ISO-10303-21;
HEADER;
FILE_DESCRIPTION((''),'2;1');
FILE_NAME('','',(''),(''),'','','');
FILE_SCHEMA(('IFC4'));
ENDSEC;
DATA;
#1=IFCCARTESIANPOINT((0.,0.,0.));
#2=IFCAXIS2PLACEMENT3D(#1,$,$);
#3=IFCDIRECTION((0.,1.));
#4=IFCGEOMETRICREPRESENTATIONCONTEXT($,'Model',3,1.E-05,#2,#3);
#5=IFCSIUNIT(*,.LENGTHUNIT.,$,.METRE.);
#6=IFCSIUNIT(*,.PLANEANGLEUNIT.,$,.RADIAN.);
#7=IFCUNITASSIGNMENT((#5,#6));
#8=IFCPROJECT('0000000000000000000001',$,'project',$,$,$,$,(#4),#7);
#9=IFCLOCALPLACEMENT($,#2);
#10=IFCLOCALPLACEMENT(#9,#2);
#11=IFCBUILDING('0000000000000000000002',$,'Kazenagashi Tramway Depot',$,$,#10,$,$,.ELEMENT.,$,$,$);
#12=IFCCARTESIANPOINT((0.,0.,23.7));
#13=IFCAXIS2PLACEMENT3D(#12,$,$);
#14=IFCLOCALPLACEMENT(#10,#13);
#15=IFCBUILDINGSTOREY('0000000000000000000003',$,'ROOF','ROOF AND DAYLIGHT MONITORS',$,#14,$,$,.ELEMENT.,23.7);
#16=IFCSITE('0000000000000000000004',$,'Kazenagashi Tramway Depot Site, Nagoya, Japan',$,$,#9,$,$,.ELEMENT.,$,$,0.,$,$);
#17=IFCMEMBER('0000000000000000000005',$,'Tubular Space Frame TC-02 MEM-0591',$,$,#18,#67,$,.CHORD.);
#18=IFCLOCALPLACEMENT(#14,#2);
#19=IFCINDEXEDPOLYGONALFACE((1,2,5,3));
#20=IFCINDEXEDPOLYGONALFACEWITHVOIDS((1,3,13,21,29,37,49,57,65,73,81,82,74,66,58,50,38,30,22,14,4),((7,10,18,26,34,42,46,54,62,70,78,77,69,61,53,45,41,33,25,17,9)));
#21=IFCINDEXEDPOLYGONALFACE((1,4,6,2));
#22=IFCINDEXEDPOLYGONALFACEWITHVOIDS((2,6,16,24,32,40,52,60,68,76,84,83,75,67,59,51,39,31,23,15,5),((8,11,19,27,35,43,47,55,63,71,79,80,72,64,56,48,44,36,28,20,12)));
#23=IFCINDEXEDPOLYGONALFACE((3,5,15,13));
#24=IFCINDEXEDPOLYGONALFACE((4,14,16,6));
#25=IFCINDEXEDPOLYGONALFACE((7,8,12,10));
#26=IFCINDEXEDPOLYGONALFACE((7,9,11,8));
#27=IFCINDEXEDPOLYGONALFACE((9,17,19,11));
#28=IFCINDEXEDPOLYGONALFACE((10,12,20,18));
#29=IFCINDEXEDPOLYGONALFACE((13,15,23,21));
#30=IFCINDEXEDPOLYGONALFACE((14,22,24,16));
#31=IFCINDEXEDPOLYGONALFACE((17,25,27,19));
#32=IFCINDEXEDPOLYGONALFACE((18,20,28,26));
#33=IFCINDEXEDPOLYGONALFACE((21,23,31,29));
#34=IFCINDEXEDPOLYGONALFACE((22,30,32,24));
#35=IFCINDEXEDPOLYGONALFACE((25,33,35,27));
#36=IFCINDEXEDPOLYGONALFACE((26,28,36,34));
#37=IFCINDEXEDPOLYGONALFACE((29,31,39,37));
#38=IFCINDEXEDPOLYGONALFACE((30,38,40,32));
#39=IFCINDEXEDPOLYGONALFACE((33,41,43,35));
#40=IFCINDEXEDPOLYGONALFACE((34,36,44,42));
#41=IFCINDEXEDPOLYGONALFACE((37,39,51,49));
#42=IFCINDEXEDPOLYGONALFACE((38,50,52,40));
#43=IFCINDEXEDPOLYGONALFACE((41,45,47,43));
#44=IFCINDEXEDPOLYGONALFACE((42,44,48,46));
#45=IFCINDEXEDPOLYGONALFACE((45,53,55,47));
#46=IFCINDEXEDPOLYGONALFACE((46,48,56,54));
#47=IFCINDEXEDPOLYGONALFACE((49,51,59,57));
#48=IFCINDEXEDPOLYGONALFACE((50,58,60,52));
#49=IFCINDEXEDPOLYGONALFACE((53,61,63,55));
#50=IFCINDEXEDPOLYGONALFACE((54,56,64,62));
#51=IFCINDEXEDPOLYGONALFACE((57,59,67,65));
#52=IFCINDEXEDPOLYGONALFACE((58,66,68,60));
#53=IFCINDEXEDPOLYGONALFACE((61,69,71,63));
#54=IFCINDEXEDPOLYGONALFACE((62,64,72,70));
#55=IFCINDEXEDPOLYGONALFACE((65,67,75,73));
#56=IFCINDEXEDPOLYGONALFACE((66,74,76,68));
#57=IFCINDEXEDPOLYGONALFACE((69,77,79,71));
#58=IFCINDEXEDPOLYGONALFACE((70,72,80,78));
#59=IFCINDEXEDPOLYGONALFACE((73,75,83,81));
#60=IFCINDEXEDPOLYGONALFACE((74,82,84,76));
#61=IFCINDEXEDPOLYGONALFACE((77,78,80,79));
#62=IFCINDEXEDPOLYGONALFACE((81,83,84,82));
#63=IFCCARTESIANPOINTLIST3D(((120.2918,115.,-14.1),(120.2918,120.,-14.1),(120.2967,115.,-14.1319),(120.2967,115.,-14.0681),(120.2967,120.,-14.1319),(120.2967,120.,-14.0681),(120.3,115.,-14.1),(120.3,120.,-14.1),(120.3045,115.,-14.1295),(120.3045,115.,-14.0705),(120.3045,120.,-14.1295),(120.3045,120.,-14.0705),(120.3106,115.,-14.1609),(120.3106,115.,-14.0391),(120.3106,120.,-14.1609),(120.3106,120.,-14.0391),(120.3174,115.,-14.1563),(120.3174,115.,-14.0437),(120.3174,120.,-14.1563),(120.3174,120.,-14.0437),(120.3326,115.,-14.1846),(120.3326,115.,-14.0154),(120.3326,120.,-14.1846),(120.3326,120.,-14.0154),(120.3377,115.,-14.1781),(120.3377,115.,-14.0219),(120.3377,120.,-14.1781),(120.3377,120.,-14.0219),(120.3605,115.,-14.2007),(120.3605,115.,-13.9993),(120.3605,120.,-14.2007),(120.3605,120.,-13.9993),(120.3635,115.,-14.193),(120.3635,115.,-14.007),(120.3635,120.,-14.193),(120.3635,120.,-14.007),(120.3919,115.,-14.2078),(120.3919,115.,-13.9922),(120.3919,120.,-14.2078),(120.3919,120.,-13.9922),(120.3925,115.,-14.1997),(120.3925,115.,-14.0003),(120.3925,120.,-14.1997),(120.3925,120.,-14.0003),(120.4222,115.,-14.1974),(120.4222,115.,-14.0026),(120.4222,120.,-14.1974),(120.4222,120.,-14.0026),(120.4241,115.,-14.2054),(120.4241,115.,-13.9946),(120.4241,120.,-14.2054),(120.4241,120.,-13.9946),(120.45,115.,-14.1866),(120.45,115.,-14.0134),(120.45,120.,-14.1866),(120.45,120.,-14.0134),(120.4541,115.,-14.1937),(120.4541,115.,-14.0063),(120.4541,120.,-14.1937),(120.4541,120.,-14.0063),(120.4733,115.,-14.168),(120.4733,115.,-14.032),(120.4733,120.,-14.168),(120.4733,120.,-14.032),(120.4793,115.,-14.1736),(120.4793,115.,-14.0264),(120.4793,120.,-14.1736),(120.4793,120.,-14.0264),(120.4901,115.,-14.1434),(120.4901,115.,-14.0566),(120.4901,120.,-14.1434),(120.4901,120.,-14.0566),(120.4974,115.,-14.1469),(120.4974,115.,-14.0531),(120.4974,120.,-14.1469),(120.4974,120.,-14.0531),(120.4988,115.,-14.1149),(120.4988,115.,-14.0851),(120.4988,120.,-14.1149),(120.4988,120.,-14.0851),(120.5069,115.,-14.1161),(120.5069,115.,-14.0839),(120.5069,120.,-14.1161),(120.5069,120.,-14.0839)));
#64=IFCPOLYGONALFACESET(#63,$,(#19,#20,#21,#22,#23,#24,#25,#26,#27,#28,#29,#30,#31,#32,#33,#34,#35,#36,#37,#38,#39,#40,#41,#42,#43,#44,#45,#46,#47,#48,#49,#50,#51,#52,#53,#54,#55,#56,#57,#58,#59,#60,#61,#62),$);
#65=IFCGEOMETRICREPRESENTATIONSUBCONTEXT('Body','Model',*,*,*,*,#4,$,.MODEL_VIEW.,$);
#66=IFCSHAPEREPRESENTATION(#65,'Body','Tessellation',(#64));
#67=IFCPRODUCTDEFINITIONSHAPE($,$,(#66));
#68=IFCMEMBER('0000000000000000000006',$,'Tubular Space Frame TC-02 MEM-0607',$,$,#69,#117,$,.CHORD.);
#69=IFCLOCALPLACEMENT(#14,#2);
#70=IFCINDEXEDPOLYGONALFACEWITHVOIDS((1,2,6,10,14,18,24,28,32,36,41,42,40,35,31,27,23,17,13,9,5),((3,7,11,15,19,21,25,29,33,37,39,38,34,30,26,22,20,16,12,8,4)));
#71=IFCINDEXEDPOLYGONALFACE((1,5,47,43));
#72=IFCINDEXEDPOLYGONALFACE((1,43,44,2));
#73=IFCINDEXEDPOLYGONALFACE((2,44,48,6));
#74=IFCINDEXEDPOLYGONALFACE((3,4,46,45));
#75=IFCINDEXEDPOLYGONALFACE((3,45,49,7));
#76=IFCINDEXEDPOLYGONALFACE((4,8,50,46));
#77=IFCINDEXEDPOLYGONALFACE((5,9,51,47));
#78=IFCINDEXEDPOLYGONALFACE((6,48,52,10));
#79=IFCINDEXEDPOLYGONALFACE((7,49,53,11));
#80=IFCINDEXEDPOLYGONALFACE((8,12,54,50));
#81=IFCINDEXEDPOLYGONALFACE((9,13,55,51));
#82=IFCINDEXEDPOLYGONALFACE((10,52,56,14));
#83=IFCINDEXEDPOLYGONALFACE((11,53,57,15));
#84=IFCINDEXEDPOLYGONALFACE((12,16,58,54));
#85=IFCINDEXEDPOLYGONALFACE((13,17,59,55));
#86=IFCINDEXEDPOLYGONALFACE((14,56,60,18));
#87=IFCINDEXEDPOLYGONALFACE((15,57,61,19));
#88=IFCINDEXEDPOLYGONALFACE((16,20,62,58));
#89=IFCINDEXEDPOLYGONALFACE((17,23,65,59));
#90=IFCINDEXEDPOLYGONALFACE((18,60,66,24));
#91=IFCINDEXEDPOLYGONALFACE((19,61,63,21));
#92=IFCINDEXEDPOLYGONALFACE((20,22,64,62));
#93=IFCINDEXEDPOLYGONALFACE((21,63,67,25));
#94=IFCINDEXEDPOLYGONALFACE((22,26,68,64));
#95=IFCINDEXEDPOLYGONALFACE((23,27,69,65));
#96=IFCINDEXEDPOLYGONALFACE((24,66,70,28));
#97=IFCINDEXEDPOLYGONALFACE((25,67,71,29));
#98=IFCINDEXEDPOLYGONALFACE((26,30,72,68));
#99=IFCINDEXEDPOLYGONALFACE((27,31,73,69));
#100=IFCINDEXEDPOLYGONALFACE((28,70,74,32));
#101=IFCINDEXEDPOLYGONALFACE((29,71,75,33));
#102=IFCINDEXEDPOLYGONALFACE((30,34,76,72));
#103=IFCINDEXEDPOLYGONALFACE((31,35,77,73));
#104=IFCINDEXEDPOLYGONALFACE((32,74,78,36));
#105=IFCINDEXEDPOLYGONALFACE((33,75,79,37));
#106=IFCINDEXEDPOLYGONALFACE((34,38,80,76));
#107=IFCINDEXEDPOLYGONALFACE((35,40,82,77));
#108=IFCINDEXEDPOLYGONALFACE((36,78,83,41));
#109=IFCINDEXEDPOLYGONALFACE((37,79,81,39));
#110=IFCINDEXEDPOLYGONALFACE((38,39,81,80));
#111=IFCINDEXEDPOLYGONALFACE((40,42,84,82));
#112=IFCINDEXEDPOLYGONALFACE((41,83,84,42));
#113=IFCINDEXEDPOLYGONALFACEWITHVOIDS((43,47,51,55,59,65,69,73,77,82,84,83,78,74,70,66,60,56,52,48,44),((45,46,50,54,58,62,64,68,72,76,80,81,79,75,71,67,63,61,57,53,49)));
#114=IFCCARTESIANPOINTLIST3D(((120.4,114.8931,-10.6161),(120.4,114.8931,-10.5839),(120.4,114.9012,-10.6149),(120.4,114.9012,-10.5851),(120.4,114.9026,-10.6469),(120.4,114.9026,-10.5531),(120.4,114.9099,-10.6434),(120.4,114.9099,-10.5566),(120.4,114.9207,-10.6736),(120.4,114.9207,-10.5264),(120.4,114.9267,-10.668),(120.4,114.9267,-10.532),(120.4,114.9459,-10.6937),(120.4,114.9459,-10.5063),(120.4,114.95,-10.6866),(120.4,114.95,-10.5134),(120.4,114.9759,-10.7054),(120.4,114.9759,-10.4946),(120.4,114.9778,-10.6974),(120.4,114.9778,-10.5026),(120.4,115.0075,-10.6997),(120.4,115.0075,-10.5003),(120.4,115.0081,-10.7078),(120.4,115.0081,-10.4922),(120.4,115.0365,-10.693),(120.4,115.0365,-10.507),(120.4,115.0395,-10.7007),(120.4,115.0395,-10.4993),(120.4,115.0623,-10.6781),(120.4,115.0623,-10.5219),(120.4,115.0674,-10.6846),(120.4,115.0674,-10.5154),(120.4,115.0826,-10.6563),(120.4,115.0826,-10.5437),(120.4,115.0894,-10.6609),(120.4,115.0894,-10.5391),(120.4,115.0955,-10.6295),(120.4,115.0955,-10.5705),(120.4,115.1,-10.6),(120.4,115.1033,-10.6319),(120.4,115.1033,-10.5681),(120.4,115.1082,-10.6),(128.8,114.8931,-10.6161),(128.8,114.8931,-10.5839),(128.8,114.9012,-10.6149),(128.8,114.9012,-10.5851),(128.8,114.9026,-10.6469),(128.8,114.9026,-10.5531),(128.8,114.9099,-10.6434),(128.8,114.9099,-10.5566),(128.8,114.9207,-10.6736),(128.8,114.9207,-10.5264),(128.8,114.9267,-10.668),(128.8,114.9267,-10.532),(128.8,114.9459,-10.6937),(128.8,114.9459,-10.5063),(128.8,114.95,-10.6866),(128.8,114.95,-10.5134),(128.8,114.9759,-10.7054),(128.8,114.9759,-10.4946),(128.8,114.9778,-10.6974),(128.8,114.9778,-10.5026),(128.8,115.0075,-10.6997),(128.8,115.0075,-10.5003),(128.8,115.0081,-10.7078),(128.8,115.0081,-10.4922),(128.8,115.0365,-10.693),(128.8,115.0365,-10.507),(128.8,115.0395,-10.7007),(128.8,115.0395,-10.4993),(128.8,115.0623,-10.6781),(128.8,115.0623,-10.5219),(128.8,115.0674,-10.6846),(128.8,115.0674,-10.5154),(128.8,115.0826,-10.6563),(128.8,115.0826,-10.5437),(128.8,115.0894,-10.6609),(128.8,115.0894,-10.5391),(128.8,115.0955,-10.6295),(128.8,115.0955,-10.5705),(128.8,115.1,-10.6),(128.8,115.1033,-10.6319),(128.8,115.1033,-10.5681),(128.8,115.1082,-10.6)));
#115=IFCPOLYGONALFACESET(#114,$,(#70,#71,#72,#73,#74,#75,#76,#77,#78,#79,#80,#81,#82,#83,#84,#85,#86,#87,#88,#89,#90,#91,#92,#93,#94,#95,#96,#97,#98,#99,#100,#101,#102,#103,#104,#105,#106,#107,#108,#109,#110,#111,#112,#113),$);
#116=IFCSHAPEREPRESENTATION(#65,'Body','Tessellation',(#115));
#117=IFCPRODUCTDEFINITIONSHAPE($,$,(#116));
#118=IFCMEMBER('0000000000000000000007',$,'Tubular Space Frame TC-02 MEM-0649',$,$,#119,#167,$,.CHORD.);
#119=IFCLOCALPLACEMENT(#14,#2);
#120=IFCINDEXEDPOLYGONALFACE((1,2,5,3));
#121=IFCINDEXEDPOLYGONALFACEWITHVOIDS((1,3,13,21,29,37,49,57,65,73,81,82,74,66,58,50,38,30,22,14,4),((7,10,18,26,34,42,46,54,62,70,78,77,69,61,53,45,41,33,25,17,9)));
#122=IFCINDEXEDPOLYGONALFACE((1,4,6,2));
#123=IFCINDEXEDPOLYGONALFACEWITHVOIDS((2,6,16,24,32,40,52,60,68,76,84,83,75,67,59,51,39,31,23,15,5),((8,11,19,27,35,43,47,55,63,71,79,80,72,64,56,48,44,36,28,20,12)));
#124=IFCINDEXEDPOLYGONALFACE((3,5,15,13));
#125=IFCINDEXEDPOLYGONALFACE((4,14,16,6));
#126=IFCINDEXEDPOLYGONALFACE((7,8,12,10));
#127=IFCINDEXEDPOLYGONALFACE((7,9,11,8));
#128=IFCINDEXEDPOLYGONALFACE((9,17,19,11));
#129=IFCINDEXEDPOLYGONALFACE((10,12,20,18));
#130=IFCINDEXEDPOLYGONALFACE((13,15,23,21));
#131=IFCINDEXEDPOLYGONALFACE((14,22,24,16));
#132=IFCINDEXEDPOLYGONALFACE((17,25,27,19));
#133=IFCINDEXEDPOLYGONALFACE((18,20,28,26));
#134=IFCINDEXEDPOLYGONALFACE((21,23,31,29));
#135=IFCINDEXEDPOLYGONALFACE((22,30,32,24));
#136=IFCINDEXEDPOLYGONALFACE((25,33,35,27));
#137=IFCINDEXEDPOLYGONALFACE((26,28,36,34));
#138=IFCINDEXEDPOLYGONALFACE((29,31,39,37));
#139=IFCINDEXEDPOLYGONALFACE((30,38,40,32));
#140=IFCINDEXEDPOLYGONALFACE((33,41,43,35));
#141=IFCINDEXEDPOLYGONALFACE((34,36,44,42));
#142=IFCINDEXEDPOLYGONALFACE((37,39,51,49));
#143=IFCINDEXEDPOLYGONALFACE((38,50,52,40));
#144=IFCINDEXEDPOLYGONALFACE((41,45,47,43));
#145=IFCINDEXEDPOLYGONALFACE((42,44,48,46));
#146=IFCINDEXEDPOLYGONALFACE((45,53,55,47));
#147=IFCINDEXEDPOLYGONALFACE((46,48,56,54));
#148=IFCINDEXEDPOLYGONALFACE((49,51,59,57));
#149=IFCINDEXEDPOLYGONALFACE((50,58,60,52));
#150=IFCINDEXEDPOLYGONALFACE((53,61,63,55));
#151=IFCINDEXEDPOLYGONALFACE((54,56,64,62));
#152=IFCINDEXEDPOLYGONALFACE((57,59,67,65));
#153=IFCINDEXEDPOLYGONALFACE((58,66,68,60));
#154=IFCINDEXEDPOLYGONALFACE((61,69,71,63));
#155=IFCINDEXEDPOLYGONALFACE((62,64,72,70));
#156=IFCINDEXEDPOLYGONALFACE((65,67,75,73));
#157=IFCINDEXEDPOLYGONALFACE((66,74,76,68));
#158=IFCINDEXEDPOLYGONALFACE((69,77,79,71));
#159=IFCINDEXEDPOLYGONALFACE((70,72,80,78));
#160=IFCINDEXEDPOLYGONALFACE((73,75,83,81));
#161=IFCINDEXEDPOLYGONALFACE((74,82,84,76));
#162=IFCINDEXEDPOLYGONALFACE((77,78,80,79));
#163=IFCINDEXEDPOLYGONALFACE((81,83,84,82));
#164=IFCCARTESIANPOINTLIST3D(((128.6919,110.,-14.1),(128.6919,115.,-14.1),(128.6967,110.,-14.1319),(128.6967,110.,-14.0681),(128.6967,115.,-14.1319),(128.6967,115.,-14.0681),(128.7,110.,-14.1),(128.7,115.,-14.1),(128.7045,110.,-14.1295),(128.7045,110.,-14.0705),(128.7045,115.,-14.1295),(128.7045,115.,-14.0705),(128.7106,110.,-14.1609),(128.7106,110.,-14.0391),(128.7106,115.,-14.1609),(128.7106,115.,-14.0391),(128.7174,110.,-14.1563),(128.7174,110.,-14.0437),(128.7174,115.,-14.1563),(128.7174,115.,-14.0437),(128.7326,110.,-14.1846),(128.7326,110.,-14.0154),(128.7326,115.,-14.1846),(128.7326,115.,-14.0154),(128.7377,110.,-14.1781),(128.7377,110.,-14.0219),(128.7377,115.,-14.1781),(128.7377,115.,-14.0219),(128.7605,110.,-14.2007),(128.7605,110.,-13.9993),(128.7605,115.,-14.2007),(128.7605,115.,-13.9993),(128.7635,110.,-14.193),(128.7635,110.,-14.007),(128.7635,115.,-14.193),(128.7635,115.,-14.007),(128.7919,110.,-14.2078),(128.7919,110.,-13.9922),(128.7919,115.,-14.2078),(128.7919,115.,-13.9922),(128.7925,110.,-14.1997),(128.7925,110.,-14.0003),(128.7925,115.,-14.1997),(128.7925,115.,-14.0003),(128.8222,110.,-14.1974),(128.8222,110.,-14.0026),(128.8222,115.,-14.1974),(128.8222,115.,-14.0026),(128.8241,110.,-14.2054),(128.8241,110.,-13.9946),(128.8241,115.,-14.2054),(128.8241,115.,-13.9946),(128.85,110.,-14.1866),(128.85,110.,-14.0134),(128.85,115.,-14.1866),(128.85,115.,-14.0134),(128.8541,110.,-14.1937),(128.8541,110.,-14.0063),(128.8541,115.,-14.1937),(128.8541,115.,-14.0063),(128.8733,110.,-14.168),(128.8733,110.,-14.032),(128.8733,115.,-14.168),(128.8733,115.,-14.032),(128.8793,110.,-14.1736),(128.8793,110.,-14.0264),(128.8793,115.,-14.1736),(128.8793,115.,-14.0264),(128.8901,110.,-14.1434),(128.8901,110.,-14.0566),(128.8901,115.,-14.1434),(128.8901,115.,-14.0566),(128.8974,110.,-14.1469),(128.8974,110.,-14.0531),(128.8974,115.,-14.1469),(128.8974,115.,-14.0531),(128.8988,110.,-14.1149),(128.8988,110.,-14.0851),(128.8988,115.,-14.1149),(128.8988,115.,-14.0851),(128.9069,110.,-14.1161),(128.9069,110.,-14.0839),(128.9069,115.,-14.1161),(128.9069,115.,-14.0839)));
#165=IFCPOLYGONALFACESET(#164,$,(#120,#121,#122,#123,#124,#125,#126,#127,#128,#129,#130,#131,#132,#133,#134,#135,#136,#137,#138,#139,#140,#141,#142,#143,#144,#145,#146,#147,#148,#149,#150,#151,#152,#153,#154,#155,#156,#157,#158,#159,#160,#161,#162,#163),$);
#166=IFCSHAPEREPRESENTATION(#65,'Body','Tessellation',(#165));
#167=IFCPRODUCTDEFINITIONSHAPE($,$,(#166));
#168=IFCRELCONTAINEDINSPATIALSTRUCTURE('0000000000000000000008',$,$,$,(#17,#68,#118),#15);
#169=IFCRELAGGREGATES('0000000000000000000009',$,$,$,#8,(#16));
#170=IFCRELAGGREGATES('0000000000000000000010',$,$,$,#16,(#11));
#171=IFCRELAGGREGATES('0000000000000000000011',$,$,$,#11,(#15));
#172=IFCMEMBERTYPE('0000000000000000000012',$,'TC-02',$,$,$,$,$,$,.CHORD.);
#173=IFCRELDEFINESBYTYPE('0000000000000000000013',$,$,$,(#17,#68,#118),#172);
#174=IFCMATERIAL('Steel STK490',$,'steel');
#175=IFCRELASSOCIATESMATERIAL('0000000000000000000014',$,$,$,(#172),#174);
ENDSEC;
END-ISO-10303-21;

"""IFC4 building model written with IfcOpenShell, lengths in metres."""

from ifc_helpers import new_model, si_unit, direction, frame, origin, origin_2d, place, context, subcontext, project, spatial, hollow_circle, extrude, material, material_profile, profile_set, type_object, element, save


model = new_model("IFC4")

# Units and contexts
model_context = context("Model", 3, precision=1e-05, world=origin(), true_north=direction((0.0, 1.0)))
body_context = subcontext(model_context, "Body", "Model", "MODEL_VIEW")
ifc_project = project(units=[si_unit("LENGTHUNIT", "METRE"), si_unit("PLANEANGLEUNIT", "RADIAN")], contexts=[model_context])

# Site, building, storey
site_placement = place(None, origin())
site = spatial("IfcSite", under=ifc_project, at=site_placement, Name="Kazenagashi Tramway Depot Site, Nagoya, Japan", CompositionType="ELEMENT", RefElevation=0.0)
building_placement = place(site_placement, origin())
building = spatial("IfcBuilding", under=site, at=building_placement, Name="Kazenagashi Tramway Depot", CompositionType="ELEMENT")
storey_placement = place(building_placement, frame((0.0, 0.0, 23.7)))
storey = spatial("IfcBuildingStorey", under=building, at=storey_placement, Name="ROOF", Description="ROOF AND DAYLIGHT MONITORS", CompositionType="ELEMENT", Elevation=23.7)

# Members
ifc_material_1 = material(Name="Steel STK490", Category="steel")
ifc_material_profile_1 = material_profile(ifc_material_1, hollow_circle(Radius=0.1081, WallThickness=0.0082, at=origin_2d()), Name="CHS-216.3x8.2")
ifc_profile_set_1 = profile_set([ifc_material_profile_1], Name="Steel STK490")
member_type_1 = type_object("IfcMemberType", Name="TC-02", PredefinedType="CHORD", material=ifc_profile_set_1)
for number, where, z_axis, x_axis, name in (
    (1, (120.4, 115.0, -14.1), (0.0, 1.0, 0.0), (-1.0, 0.0, 0.0), "Tubular Space Frame TC-02 MEM-0591"),
):
    element("IfcMember", number, at=place(storey_placement, frame(where, z_axis=z_axis, x_axis=x_axis)), inside=storey, type_object=member_type_1, Name=name, PredefinedType="CHORD", context=body_context, shape_type="SweptSolid", body=[
        extrude(hollow_circle(Radius=0.1081, WallThickness=0.0082, at=origin_2d()), origin(), (0.0, 0.0, 1.0), 5.0),
    ])
member_1_placement = place(storey_placement, frame((120.4, 115.0, -10.6), z_axis=(1.0, 0.0, 0.0), x_axis=(0.0, 1.0, 0.0)))
element("IfcMember", 2, at=member_1_placement, inside=storey, type_object=member_type_1, Name="Tubular Space Frame TC-02 MEM-0607", PredefinedType="CHORD", context=body_context, shape_type="SweptSolid", body=[
    extrude(hollow_circle(Radius=0.1081, WallThickness=0.0082, at=origin_2d()), origin(), (0.0, 0.0, 1.0), 8.4),
])
for number, where, z_axis, x_axis, name in (
    (3, (128.8, 110.0, -14.1), (0.0, 1.0, 0.0), (-1.0, 0.0, 0.0), "Tubular Space Frame TC-02 MEM-0649"),
):
    element("IfcMember", number, at=place(storey_placement, frame(where, z_axis=z_axis, x_axis=x_axis)), inside=storey, type_object=member_type_1, Name=name, PredefinedType="CHORD", context=body_context, shape_type="SweptSolid", body=[
        extrude(hollow_circle(Radius=0.1081, WallThickness=0.0082, at=origin_2d()), origin(), (0.0, 0.0, 1.0), 5.0),
    ])

save(model, "model.ifc")
